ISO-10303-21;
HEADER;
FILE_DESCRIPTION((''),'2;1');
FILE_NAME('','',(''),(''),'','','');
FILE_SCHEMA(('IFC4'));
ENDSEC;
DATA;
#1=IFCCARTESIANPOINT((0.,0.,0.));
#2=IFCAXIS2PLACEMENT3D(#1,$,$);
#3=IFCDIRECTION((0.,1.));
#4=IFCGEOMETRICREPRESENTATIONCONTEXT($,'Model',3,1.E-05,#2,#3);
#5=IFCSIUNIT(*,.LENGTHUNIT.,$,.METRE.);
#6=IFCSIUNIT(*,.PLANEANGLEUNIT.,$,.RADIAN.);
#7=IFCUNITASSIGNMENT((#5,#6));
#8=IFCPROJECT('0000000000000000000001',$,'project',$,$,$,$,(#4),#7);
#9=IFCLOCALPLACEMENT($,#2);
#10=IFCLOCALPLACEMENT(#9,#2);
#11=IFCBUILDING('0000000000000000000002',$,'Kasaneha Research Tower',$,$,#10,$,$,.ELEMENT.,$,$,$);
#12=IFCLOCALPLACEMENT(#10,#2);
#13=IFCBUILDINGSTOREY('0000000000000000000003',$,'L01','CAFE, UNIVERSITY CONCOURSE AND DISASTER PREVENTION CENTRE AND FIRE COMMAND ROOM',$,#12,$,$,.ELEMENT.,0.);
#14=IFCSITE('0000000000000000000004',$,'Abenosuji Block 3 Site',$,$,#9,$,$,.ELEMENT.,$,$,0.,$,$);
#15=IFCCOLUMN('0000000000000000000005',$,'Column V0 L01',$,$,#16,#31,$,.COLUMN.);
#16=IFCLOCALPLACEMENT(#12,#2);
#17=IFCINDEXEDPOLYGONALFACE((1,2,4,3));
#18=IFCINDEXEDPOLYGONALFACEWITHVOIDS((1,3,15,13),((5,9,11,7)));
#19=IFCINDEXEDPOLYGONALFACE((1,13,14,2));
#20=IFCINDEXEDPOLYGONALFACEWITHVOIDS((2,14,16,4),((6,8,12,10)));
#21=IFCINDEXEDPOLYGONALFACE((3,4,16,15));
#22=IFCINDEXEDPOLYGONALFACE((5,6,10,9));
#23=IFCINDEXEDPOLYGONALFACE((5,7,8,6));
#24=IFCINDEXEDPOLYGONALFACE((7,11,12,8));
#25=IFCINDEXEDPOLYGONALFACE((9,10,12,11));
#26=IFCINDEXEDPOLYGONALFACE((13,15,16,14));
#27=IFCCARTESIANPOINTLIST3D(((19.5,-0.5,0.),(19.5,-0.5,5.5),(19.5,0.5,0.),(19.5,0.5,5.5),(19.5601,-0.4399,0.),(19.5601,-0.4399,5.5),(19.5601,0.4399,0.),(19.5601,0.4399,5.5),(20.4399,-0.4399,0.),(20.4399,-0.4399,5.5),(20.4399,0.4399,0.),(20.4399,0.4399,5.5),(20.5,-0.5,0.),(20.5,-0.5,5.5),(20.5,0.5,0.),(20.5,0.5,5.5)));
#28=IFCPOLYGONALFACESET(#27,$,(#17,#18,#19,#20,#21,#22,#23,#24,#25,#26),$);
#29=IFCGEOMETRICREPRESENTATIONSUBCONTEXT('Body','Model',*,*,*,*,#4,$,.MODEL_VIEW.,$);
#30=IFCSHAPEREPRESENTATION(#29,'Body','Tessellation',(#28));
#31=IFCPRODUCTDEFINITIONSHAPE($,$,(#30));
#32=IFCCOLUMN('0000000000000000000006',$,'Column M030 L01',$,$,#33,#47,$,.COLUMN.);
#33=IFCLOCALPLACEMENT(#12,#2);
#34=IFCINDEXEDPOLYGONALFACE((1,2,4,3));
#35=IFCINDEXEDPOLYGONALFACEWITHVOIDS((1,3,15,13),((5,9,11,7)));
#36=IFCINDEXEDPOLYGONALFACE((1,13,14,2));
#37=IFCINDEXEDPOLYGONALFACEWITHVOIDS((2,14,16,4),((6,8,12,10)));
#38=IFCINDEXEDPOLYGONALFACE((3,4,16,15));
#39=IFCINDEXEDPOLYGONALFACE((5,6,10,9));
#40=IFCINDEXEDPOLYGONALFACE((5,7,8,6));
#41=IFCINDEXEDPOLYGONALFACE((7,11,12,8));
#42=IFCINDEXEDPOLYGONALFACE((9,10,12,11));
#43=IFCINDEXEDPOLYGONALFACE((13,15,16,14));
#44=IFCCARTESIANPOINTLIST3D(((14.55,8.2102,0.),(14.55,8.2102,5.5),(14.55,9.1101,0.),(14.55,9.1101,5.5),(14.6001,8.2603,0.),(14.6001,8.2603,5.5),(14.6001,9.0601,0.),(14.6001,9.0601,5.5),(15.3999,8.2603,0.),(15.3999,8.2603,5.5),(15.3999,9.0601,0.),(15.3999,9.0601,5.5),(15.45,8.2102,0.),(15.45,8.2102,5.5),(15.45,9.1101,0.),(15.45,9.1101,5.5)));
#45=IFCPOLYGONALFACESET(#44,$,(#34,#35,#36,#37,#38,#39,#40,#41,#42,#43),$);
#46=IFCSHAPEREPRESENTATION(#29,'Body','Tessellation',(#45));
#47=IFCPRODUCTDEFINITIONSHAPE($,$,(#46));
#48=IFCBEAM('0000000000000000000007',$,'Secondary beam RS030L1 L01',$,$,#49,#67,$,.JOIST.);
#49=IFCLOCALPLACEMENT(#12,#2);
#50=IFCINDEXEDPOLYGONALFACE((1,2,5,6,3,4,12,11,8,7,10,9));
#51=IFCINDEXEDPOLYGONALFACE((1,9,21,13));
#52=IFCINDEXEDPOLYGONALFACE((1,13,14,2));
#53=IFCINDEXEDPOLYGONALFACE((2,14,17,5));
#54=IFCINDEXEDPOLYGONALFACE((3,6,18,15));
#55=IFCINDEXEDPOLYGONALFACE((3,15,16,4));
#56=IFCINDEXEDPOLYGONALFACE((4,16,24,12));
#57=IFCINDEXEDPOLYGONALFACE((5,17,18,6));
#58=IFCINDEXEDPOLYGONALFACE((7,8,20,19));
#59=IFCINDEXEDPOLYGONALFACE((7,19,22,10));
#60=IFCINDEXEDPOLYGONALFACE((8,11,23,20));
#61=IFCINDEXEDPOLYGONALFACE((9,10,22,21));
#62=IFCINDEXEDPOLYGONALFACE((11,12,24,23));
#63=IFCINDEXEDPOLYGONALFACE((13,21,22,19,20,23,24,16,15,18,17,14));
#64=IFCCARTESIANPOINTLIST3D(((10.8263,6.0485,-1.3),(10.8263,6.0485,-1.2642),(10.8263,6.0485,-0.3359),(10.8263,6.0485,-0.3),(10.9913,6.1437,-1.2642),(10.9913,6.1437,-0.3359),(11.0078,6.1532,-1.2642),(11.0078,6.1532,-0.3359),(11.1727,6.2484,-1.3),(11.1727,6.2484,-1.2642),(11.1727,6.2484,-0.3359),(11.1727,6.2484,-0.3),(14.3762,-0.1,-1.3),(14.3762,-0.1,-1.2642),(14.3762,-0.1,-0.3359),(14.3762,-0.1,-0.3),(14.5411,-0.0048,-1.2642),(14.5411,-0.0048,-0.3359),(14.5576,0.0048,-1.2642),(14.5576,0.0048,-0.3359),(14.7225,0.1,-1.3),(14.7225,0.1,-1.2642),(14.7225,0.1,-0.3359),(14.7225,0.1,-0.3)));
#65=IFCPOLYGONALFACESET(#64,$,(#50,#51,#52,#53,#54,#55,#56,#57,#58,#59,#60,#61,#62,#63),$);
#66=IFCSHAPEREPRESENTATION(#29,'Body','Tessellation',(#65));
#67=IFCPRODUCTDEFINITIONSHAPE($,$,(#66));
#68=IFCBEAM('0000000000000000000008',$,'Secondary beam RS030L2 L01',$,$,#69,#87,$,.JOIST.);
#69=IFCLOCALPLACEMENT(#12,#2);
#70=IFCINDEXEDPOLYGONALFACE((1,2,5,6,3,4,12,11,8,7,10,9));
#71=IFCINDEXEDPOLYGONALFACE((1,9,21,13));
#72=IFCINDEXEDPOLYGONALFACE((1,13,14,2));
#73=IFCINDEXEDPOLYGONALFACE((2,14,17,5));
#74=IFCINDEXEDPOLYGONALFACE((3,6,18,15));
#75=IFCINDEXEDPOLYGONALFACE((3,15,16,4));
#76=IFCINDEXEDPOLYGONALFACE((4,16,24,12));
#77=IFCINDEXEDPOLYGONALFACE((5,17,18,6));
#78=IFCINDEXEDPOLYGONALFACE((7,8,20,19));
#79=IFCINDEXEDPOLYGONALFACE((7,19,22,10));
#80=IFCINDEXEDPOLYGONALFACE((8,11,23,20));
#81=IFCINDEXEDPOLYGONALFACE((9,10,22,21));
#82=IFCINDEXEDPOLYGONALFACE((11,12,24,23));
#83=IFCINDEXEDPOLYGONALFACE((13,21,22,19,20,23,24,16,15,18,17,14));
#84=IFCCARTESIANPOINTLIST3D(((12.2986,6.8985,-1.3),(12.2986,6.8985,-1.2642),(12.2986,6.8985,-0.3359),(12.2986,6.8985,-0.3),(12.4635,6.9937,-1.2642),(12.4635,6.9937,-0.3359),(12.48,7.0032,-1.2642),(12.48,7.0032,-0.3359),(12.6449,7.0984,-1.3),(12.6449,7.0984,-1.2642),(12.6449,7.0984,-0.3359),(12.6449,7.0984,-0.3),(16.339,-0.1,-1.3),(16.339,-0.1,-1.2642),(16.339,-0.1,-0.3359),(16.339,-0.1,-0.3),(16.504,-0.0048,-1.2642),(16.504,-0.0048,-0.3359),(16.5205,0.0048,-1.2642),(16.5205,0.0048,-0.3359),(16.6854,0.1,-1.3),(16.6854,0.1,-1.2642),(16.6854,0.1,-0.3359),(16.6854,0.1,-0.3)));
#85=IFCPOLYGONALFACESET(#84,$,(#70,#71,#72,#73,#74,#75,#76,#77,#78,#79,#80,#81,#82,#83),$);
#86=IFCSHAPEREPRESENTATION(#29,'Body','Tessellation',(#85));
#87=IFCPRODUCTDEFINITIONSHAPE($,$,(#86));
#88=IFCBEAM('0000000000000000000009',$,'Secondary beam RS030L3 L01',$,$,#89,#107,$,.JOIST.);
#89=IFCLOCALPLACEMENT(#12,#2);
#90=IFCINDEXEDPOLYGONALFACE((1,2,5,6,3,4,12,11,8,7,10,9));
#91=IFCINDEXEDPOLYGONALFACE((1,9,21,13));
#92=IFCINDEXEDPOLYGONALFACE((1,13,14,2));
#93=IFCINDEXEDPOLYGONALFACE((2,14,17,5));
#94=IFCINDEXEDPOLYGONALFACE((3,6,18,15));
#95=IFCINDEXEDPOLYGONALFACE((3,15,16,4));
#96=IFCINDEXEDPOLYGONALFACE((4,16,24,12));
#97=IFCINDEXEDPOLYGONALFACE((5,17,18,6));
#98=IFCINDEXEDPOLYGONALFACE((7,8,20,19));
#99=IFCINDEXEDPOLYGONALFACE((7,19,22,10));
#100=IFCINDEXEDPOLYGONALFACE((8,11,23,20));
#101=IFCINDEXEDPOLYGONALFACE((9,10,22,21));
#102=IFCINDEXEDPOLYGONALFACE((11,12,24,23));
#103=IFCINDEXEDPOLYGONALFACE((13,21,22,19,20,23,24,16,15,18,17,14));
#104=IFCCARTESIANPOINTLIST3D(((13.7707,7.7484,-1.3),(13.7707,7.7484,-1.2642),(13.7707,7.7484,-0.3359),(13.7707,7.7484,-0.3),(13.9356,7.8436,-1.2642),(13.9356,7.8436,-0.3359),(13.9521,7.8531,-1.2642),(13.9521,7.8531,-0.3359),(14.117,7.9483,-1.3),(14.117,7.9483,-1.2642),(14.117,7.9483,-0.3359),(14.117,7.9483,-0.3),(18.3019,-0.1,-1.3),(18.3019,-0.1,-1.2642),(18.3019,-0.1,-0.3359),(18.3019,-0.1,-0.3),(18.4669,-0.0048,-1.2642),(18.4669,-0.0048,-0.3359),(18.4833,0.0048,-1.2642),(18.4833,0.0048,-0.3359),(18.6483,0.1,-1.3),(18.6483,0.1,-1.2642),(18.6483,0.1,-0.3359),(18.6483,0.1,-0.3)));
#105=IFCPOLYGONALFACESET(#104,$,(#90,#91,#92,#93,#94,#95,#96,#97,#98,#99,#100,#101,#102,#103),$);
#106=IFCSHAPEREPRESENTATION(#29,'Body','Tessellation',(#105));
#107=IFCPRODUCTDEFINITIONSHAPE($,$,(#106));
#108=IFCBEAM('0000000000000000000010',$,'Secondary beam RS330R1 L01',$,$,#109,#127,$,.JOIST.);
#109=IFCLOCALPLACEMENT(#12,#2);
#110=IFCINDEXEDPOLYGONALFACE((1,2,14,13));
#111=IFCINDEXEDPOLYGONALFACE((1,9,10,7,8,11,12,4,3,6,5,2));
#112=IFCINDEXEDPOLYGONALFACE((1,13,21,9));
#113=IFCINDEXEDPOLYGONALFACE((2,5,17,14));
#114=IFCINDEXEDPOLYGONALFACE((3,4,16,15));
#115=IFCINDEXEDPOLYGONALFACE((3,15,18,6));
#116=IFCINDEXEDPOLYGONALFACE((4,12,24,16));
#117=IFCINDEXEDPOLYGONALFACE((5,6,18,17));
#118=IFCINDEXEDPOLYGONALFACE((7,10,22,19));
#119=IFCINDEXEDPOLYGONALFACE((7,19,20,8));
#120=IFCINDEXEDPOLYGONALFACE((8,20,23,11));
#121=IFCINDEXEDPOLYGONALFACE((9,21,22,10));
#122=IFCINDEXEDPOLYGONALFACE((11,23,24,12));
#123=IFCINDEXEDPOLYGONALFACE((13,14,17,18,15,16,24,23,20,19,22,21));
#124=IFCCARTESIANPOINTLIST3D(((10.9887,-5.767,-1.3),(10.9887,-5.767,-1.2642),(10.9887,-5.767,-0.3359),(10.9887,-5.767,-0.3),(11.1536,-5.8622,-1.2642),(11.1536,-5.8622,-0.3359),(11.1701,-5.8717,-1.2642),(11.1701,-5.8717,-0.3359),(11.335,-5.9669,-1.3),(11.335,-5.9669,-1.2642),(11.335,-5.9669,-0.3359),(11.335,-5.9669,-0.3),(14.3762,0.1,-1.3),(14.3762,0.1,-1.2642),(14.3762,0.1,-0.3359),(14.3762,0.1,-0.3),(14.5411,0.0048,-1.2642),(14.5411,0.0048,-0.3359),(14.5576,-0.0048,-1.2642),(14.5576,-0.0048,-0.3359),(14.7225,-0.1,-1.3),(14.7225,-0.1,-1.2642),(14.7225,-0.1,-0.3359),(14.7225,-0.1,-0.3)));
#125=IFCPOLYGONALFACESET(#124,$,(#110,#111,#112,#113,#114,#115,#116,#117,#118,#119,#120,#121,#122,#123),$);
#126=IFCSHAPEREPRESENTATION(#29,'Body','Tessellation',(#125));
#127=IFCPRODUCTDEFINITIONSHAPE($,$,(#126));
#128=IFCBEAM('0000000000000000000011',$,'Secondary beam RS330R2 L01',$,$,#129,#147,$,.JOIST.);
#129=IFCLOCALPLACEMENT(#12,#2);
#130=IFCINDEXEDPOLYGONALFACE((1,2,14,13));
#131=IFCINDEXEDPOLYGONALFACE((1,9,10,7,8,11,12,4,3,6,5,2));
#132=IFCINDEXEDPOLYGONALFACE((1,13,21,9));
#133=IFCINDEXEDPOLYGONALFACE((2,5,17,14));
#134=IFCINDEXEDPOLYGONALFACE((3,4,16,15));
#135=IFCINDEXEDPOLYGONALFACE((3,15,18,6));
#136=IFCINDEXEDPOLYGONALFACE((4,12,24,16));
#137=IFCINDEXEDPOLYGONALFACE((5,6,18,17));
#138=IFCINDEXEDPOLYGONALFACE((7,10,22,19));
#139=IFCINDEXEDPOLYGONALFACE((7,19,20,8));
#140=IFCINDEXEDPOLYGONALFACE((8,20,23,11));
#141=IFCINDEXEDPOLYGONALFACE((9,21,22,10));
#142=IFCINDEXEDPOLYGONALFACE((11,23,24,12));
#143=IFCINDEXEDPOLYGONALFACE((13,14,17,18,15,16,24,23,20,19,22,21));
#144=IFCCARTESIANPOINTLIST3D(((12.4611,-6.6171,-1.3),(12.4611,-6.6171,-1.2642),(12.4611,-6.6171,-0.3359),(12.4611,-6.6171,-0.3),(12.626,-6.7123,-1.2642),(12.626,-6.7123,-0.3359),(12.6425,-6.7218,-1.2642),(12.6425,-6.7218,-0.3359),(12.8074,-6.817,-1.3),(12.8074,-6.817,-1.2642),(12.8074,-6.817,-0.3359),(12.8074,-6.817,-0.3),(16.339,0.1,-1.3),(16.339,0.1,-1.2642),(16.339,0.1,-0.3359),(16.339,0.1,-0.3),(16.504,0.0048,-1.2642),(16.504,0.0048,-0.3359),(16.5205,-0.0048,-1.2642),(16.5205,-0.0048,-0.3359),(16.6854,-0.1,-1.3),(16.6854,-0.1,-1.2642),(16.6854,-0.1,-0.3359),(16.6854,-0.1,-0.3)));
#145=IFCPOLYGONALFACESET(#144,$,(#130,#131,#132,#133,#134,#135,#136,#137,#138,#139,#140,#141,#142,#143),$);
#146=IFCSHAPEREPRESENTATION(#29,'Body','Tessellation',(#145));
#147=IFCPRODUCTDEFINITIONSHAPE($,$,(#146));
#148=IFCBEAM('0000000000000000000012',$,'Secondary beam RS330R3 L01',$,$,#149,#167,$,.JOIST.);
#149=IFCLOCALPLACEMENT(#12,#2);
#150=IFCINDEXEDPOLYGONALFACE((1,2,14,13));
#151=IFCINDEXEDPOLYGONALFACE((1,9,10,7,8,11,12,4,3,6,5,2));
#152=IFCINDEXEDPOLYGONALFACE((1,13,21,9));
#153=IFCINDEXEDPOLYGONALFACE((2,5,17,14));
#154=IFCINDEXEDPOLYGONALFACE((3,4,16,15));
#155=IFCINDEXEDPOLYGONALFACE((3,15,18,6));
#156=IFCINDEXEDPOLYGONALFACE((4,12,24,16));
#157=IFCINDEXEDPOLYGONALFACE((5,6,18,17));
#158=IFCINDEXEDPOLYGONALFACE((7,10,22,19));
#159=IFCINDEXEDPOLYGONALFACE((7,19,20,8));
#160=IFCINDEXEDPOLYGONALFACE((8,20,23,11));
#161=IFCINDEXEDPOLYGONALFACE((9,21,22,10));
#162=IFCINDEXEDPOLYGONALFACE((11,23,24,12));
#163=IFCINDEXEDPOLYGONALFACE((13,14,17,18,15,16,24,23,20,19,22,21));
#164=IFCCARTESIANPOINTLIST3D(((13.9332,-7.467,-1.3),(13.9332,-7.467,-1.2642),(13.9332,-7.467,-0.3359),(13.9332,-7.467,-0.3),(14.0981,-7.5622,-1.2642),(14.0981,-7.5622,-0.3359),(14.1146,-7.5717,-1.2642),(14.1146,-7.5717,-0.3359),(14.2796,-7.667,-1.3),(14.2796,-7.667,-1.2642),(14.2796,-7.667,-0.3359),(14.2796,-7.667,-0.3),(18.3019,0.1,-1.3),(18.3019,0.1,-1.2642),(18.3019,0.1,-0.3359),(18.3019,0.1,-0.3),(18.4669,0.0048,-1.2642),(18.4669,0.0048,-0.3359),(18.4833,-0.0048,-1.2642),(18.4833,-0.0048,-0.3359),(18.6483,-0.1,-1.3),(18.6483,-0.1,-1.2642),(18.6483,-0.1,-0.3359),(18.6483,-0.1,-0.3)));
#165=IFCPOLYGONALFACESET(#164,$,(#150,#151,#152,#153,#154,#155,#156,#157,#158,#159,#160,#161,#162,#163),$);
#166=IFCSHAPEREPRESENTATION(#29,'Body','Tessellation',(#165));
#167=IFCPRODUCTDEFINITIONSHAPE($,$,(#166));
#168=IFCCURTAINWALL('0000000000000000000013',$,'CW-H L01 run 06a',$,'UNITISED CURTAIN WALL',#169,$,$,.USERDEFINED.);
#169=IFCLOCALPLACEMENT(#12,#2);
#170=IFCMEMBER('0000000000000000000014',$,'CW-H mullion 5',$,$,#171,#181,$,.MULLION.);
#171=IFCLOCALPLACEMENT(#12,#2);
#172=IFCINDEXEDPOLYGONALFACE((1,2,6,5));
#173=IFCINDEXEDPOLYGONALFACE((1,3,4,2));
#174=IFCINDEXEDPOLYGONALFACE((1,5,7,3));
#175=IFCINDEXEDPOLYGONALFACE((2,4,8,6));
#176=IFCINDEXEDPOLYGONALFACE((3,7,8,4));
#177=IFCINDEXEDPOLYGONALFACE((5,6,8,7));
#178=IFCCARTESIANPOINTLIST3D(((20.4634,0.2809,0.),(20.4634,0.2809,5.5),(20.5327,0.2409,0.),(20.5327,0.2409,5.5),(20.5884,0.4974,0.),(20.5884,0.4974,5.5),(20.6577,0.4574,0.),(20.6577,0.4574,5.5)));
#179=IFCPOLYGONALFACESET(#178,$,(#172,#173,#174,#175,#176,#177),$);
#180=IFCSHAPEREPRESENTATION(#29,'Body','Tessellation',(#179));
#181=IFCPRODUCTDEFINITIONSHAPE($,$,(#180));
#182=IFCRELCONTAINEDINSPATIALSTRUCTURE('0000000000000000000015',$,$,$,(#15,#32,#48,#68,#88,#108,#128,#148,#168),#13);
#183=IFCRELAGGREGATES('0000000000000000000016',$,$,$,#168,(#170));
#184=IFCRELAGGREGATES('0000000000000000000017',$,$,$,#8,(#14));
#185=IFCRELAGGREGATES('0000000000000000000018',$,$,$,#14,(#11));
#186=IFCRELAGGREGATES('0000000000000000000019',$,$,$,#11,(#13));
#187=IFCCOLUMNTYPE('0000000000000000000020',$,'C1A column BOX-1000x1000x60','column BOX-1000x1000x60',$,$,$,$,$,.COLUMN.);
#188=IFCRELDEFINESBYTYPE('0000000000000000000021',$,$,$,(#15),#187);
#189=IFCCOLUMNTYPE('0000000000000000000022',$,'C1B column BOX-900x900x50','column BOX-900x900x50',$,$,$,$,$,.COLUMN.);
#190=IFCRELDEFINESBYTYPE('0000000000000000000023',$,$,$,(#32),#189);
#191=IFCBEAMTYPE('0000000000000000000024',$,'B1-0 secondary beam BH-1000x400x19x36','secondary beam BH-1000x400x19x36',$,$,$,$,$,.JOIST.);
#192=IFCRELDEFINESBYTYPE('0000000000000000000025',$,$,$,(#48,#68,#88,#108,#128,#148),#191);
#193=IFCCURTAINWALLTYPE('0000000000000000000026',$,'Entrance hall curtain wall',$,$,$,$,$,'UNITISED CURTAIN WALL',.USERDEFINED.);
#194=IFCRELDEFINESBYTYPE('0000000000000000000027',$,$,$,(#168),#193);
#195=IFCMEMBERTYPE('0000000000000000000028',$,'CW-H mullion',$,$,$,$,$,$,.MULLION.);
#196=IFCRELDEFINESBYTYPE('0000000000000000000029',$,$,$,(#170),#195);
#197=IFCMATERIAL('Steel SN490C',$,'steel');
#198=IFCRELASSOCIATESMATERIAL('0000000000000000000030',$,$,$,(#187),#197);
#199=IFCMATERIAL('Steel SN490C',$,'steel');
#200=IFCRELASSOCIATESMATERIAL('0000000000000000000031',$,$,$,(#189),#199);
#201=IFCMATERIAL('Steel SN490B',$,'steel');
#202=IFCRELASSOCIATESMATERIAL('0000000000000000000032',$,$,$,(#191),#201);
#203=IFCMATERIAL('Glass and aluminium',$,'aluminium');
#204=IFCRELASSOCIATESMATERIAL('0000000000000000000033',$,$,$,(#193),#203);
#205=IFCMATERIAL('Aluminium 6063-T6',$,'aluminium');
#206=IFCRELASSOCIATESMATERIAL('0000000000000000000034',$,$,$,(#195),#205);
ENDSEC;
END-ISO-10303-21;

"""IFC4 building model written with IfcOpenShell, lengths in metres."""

from ifc_helpers import new_model, si_unit, direction, frame, origin, origin_2d, place, context, subcontext, project, spatial, rectangle, hollow_rectangle, i_section, extrude, material, material_profile, profile_set, type_object, element, aggregate, save


model = new_model("IFC4")

# Units and contexts
model_context = context("Model", 3, precision=1e-05, world=origin(), true_north=direction((0.0, 1.0)))
body_context = subcontext(model_context, "Body", "Model", "MODEL_VIEW")
ifc_project = project(units=[si_unit("LENGTHUNIT", "METRE"), si_unit("PLANEANGLEUNIT", "RADIAN")], contexts=[model_context])

# Site, building, storey
site_placement = place(None, origin())
site = spatial("IfcSite", under=ifc_project, at=site_placement, Name="Abenosuji Block 3 Site", CompositionType="ELEMENT", RefElevation=0.0)
building_placement = place(site_placement, origin())
building = spatial("IfcBuilding", under=site, at=building_placement, Name="Kasaneha Research Tower", CompositionType="ELEMENT")
storey_placement = place(building_placement, origin())
storey = spatial("IfcBuildingStorey", under=building, at=storey_placement, Name="L01", Description="CAFE, UNIVERSITY CONCOURSE AND DISASTER PREVENTION CENTRE AND FIRE COMMAND ROOM", CompositionType="ELEMENT", Elevation=0.0)

# Columns
ifc_material_1 = material(Name="Steel SN490C", Category="steel")
ifc_material_profile_1 = material_profile(ifc_material_1, hollow_rectangle(XDim=1.0, YDim=1.0, WallThickness=0.0601, at=origin_2d()), Name="BOX-1000x1000x60")
ifc_profile_set_1 = profile_set([ifc_material_profile_1], Name="Steel SN490C")
column_type_1 = type_object("IfcColumnType", Name="C1A column BOX-1000x1000x60", Description="column BOX-1000x1000x60", PredefinedType="COLUMN", material=ifc_profile_set_1)
column_1_placement = place(storey_placement, frame((20.0, 0.0, 0.0), z_axis=(0.0, 0.0, 1.0), x_axis=(1.0, 0.0, 0.0)))
element("IfcColumn", 1, at=column_1_placement, inside=storey, type_object=column_type_1, Name="Column V0 L01", PredefinedType="COLUMN", context=body_context, shape_type="SweptSolid", body=[
    extrude(hollow_rectangle(XDim=1.0, YDim=1.0, WallThickness=0.0601, at=origin_2d()), origin(), (0.0, 0.0, 1.0), 5.5),
])
ifc_material_2 = material(Name="Steel SN490C", Category="steel")
ifc_material_profile_2 = material_profile(ifc_material_2, hollow_rectangle(XDim=0.8999, YDim=0.8999, WallThickness=0.05, at=origin_2d()), Name="BOX-900x900x50")
ifc_profile_set_2 = profile_set([ifc_material_profile_2], Name="Steel SN490C")
column_type_2 = type_object("IfcColumnType", Name="C1B column BOX-900x900x50", Description="column BOX-900x900x50", PredefinedType="COLUMN", material=ifc_profile_set_2)
column_2_placement = place(storey_placement, frame((15.0, 8.6602, 0.0), z_axis=(0.0, 0.0, 1.0), x_axis=(1.0, 0.0, 0.0)))
element("IfcColumn", 2, at=column_2_placement, inside=storey, type_object=column_type_2, Name="Column M030 L01", PredefinedType="COLUMN", context=body_context, shape_type="SweptSolid", body=[
    extrude(hollow_rectangle(XDim=0.8999, YDim=0.8999, WallThickness=0.05, at=origin_2d()), origin(), (0.0, 0.0, 1.0), 5.5),
])

# Beams
ifc_material_3 = material(Name="Steel SN490B", Category="steel")
ifc_material_profile_3 = material_profile(ifc_material_3, i_section(OverallWidth=0.3999, OverallDepth=1.0, WebThickness=0.019, FlangeThickness=0.0359, at=origin_2d()), Name="BH-1000x400x19x36")
ifc_profile_set_3 = profile_set([ifc_material_profile_3], Name="Steel SN490B")
beam_type_1 = type_object("IfcBeamType", Name="B1-0 secondary beam BH-1000x400x19x36", Description="secondary beam BH-1000x400x19x36", PredefinedType="JOIST", material=ifc_profile_set_3)
beam_1_placement = place(storey_placement, frame((14.5493, 0.0, -0.8), z_axis=(-0.5, 0.866025, 0.0), x_axis=(-0.866025, -0.5, 0.0)))
element("IfcBeam", 3, at=beam_1_placement, inside=storey, type_object=beam_type_1, Name="Secondary beam RS030L1 L01", PredefinedType="JOIST", context=body_context, shape_type="SweptSolid", body=[
    extrude(i_section(OverallWidth=0.3999, OverallDepth=1.0, WebThickness=0.019, FlangeThickness=0.0359, at=origin_2d()), origin(), (0.0, 0.0, 1.0), 7.0996),
])
beam_2_placement = place(storey_placement, frame((16.5122, 0.0, -0.8), z_axis=(-0.499993, 0.86603, 0.0), x_axis=(-0.86603, -0.499993, 0.0)))
element("IfcBeam", 4, at=beam_2_placement, inside=storey, type_object=beam_type_1, Name="Secondary beam RS030L2 L01", PredefinedType="JOIST", context=body_context, shape_type="SweptSolid", body=[
    extrude(i_section(OverallWidth=0.3999, OverallDepth=1.0, WebThickness=0.019, FlangeThickness=0.0359, at=origin_2d()), origin(), (0.0, 0.0, 1.0), 8.0811),
])
beam_3_placement = place(storey_placement, frame((18.4751, 0.0, -0.8), z_axis=(-0.499998, 0.866026, 0.0), x_axis=(-0.866026, -0.499998, 0.0)))
element("IfcBeam", 5, at=beam_3_placement, inside=storey, type_object=beam_type_1, Name="Secondary beam RS030L3 L01", PredefinedType="JOIST", context=body_context, shape_type="SweptSolid", body=[
    extrude(i_section(OverallWidth=0.3999, OverallDepth=1.0, WebThickness=0.019, FlangeThickness=0.0359, at=origin_2d()), origin(), (0.0, 0.0, 1.0), 9.0625),
])
beam_4_placement = place(storey_placement, frame((14.5493, 0.0, -0.8), z_axis=(-0.500019, -0.866015, 0.0), x_axis=(0.866015, -0.500019, 0.0)))
element("IfcBeam", 6, at=beam_4_placement, inside=storey, type_object=beam_type_1, Name="Secondary beam RS330R1 L01", PredefinedType="JOIST", context=body_context, shape_type="SweptSolid", body=[
    extrude(i_section(OverallWidth=0.3999, OverallDepth=1.0, WebThickness=0.019, FlangeThickness=0.0359, at=origin_2d()), origin(), (0.0, 0.0, 1.0), 6.7747),
])
beam_5_placement = place(storey_placement, frame((16.5122, 0.0, -0.8), z_axis=(-0.499985, -0.866034, 0.0), x_axis=(0.866034, -0.499985, 0.0)))
element("IfcBeam", 7, at=beam_5_placement, inside=storey, type_object=beam_type_1, Name="Secondary beam RS330R2 L01", PredefinedType="JOIST", context=body_context, shape_type="SweptSolid", body=[
    extrude(i_section(OverallWidth=0.3999, OverallDepth=1.0, WebThickness=0.019, FlangeThickness=0.0359, at=origin_2d()), origin(), (0.0, 0.0, 1.0), 7.7561),
])
beam_6_placement = place(storey_placement, frame((18.4751, 0.0, -0.8), z_axis=(-0.499992, -0.86603, 0.0), x_axis=(0.86603, -0.499992, 0.0)))
element("IfcBeam", 8, at=beam_6_placement, inside=storey, type_object=beam_type_1, Name="Secondary beam RS330R3 L01", PredefinedType="JOIST", context=body_context, shape_type="SweptSolid", body=[
    extrude(i_section(OverallWidth=0.3999, OverallDepth=1.0, WebThickness=0.019, FlangeThickness=0.0359, at=origin_2d()), origin(), (0.0, 0.0, 1.0), 8.7375),
])

# Curtain wall, member
ifc_material_4 = material(Name="Glass and aluminium", Category="aluminium")
curtain_wall_type = type_object("IfcCurtainWallType", Name="Entrance hall curtain wall", ElementType="UNITISED CURTAIN WALL", PredefinedType="USERDEFINED", material=ifc_material_4)
curtain_wall_1_placement = place(storey_placement, origin())
curtain_wall_1 = element("IfcCurtainWall", 9, at=curtain_wall_1_placement, inside=storey, type_object=curtain_wall_type, Name="CW-H L01 run 06a", ObjectType="UNITISED CURTAIN WALL", PredefinedType="USERDEFINED")
ifc_material_5 = material(Name="Aluminium 6063-T6", Category="aluminium")
ifc_material_profile_4 = material_profile(ifc_material_5, rectangle(XDim=0.0801, YDim=0.25, at=origin_2d()), Name="CW-H mullion 80x250")
ifc_profile_set_4 = profile_set([ifc_material_profile_4], Name="Aluminium 6063-T6")
member_type_1 = type_object("IfcMemberType", Name="CW-H mullion", PredefinedType="MULLION", material=ifc_profile_set_4)
member_1_placement = place(storey_placement, frame((20.5605, 0.3691, 0.0), z_axis=(0.0, 0.0, 1.0), x_axis=(-0.866025, 0.5, 0.0)))
member_1 = element("IfcMember", 10, at=member_1_placement, type_object=member_type_1, Name="CW-H mullion 5", PredefinedType="MULLION", context=body_context, shape_type="SweptSolid", body=[
    extrude(rectangle(XDim=0.0801, YDim=0.25, at=origin_2d()), origin(), (0.0, 0.0, 1.0), 5.5),
])
aggregate(curtain_wall_1, [member_1])

save(model, "model.ifc")
